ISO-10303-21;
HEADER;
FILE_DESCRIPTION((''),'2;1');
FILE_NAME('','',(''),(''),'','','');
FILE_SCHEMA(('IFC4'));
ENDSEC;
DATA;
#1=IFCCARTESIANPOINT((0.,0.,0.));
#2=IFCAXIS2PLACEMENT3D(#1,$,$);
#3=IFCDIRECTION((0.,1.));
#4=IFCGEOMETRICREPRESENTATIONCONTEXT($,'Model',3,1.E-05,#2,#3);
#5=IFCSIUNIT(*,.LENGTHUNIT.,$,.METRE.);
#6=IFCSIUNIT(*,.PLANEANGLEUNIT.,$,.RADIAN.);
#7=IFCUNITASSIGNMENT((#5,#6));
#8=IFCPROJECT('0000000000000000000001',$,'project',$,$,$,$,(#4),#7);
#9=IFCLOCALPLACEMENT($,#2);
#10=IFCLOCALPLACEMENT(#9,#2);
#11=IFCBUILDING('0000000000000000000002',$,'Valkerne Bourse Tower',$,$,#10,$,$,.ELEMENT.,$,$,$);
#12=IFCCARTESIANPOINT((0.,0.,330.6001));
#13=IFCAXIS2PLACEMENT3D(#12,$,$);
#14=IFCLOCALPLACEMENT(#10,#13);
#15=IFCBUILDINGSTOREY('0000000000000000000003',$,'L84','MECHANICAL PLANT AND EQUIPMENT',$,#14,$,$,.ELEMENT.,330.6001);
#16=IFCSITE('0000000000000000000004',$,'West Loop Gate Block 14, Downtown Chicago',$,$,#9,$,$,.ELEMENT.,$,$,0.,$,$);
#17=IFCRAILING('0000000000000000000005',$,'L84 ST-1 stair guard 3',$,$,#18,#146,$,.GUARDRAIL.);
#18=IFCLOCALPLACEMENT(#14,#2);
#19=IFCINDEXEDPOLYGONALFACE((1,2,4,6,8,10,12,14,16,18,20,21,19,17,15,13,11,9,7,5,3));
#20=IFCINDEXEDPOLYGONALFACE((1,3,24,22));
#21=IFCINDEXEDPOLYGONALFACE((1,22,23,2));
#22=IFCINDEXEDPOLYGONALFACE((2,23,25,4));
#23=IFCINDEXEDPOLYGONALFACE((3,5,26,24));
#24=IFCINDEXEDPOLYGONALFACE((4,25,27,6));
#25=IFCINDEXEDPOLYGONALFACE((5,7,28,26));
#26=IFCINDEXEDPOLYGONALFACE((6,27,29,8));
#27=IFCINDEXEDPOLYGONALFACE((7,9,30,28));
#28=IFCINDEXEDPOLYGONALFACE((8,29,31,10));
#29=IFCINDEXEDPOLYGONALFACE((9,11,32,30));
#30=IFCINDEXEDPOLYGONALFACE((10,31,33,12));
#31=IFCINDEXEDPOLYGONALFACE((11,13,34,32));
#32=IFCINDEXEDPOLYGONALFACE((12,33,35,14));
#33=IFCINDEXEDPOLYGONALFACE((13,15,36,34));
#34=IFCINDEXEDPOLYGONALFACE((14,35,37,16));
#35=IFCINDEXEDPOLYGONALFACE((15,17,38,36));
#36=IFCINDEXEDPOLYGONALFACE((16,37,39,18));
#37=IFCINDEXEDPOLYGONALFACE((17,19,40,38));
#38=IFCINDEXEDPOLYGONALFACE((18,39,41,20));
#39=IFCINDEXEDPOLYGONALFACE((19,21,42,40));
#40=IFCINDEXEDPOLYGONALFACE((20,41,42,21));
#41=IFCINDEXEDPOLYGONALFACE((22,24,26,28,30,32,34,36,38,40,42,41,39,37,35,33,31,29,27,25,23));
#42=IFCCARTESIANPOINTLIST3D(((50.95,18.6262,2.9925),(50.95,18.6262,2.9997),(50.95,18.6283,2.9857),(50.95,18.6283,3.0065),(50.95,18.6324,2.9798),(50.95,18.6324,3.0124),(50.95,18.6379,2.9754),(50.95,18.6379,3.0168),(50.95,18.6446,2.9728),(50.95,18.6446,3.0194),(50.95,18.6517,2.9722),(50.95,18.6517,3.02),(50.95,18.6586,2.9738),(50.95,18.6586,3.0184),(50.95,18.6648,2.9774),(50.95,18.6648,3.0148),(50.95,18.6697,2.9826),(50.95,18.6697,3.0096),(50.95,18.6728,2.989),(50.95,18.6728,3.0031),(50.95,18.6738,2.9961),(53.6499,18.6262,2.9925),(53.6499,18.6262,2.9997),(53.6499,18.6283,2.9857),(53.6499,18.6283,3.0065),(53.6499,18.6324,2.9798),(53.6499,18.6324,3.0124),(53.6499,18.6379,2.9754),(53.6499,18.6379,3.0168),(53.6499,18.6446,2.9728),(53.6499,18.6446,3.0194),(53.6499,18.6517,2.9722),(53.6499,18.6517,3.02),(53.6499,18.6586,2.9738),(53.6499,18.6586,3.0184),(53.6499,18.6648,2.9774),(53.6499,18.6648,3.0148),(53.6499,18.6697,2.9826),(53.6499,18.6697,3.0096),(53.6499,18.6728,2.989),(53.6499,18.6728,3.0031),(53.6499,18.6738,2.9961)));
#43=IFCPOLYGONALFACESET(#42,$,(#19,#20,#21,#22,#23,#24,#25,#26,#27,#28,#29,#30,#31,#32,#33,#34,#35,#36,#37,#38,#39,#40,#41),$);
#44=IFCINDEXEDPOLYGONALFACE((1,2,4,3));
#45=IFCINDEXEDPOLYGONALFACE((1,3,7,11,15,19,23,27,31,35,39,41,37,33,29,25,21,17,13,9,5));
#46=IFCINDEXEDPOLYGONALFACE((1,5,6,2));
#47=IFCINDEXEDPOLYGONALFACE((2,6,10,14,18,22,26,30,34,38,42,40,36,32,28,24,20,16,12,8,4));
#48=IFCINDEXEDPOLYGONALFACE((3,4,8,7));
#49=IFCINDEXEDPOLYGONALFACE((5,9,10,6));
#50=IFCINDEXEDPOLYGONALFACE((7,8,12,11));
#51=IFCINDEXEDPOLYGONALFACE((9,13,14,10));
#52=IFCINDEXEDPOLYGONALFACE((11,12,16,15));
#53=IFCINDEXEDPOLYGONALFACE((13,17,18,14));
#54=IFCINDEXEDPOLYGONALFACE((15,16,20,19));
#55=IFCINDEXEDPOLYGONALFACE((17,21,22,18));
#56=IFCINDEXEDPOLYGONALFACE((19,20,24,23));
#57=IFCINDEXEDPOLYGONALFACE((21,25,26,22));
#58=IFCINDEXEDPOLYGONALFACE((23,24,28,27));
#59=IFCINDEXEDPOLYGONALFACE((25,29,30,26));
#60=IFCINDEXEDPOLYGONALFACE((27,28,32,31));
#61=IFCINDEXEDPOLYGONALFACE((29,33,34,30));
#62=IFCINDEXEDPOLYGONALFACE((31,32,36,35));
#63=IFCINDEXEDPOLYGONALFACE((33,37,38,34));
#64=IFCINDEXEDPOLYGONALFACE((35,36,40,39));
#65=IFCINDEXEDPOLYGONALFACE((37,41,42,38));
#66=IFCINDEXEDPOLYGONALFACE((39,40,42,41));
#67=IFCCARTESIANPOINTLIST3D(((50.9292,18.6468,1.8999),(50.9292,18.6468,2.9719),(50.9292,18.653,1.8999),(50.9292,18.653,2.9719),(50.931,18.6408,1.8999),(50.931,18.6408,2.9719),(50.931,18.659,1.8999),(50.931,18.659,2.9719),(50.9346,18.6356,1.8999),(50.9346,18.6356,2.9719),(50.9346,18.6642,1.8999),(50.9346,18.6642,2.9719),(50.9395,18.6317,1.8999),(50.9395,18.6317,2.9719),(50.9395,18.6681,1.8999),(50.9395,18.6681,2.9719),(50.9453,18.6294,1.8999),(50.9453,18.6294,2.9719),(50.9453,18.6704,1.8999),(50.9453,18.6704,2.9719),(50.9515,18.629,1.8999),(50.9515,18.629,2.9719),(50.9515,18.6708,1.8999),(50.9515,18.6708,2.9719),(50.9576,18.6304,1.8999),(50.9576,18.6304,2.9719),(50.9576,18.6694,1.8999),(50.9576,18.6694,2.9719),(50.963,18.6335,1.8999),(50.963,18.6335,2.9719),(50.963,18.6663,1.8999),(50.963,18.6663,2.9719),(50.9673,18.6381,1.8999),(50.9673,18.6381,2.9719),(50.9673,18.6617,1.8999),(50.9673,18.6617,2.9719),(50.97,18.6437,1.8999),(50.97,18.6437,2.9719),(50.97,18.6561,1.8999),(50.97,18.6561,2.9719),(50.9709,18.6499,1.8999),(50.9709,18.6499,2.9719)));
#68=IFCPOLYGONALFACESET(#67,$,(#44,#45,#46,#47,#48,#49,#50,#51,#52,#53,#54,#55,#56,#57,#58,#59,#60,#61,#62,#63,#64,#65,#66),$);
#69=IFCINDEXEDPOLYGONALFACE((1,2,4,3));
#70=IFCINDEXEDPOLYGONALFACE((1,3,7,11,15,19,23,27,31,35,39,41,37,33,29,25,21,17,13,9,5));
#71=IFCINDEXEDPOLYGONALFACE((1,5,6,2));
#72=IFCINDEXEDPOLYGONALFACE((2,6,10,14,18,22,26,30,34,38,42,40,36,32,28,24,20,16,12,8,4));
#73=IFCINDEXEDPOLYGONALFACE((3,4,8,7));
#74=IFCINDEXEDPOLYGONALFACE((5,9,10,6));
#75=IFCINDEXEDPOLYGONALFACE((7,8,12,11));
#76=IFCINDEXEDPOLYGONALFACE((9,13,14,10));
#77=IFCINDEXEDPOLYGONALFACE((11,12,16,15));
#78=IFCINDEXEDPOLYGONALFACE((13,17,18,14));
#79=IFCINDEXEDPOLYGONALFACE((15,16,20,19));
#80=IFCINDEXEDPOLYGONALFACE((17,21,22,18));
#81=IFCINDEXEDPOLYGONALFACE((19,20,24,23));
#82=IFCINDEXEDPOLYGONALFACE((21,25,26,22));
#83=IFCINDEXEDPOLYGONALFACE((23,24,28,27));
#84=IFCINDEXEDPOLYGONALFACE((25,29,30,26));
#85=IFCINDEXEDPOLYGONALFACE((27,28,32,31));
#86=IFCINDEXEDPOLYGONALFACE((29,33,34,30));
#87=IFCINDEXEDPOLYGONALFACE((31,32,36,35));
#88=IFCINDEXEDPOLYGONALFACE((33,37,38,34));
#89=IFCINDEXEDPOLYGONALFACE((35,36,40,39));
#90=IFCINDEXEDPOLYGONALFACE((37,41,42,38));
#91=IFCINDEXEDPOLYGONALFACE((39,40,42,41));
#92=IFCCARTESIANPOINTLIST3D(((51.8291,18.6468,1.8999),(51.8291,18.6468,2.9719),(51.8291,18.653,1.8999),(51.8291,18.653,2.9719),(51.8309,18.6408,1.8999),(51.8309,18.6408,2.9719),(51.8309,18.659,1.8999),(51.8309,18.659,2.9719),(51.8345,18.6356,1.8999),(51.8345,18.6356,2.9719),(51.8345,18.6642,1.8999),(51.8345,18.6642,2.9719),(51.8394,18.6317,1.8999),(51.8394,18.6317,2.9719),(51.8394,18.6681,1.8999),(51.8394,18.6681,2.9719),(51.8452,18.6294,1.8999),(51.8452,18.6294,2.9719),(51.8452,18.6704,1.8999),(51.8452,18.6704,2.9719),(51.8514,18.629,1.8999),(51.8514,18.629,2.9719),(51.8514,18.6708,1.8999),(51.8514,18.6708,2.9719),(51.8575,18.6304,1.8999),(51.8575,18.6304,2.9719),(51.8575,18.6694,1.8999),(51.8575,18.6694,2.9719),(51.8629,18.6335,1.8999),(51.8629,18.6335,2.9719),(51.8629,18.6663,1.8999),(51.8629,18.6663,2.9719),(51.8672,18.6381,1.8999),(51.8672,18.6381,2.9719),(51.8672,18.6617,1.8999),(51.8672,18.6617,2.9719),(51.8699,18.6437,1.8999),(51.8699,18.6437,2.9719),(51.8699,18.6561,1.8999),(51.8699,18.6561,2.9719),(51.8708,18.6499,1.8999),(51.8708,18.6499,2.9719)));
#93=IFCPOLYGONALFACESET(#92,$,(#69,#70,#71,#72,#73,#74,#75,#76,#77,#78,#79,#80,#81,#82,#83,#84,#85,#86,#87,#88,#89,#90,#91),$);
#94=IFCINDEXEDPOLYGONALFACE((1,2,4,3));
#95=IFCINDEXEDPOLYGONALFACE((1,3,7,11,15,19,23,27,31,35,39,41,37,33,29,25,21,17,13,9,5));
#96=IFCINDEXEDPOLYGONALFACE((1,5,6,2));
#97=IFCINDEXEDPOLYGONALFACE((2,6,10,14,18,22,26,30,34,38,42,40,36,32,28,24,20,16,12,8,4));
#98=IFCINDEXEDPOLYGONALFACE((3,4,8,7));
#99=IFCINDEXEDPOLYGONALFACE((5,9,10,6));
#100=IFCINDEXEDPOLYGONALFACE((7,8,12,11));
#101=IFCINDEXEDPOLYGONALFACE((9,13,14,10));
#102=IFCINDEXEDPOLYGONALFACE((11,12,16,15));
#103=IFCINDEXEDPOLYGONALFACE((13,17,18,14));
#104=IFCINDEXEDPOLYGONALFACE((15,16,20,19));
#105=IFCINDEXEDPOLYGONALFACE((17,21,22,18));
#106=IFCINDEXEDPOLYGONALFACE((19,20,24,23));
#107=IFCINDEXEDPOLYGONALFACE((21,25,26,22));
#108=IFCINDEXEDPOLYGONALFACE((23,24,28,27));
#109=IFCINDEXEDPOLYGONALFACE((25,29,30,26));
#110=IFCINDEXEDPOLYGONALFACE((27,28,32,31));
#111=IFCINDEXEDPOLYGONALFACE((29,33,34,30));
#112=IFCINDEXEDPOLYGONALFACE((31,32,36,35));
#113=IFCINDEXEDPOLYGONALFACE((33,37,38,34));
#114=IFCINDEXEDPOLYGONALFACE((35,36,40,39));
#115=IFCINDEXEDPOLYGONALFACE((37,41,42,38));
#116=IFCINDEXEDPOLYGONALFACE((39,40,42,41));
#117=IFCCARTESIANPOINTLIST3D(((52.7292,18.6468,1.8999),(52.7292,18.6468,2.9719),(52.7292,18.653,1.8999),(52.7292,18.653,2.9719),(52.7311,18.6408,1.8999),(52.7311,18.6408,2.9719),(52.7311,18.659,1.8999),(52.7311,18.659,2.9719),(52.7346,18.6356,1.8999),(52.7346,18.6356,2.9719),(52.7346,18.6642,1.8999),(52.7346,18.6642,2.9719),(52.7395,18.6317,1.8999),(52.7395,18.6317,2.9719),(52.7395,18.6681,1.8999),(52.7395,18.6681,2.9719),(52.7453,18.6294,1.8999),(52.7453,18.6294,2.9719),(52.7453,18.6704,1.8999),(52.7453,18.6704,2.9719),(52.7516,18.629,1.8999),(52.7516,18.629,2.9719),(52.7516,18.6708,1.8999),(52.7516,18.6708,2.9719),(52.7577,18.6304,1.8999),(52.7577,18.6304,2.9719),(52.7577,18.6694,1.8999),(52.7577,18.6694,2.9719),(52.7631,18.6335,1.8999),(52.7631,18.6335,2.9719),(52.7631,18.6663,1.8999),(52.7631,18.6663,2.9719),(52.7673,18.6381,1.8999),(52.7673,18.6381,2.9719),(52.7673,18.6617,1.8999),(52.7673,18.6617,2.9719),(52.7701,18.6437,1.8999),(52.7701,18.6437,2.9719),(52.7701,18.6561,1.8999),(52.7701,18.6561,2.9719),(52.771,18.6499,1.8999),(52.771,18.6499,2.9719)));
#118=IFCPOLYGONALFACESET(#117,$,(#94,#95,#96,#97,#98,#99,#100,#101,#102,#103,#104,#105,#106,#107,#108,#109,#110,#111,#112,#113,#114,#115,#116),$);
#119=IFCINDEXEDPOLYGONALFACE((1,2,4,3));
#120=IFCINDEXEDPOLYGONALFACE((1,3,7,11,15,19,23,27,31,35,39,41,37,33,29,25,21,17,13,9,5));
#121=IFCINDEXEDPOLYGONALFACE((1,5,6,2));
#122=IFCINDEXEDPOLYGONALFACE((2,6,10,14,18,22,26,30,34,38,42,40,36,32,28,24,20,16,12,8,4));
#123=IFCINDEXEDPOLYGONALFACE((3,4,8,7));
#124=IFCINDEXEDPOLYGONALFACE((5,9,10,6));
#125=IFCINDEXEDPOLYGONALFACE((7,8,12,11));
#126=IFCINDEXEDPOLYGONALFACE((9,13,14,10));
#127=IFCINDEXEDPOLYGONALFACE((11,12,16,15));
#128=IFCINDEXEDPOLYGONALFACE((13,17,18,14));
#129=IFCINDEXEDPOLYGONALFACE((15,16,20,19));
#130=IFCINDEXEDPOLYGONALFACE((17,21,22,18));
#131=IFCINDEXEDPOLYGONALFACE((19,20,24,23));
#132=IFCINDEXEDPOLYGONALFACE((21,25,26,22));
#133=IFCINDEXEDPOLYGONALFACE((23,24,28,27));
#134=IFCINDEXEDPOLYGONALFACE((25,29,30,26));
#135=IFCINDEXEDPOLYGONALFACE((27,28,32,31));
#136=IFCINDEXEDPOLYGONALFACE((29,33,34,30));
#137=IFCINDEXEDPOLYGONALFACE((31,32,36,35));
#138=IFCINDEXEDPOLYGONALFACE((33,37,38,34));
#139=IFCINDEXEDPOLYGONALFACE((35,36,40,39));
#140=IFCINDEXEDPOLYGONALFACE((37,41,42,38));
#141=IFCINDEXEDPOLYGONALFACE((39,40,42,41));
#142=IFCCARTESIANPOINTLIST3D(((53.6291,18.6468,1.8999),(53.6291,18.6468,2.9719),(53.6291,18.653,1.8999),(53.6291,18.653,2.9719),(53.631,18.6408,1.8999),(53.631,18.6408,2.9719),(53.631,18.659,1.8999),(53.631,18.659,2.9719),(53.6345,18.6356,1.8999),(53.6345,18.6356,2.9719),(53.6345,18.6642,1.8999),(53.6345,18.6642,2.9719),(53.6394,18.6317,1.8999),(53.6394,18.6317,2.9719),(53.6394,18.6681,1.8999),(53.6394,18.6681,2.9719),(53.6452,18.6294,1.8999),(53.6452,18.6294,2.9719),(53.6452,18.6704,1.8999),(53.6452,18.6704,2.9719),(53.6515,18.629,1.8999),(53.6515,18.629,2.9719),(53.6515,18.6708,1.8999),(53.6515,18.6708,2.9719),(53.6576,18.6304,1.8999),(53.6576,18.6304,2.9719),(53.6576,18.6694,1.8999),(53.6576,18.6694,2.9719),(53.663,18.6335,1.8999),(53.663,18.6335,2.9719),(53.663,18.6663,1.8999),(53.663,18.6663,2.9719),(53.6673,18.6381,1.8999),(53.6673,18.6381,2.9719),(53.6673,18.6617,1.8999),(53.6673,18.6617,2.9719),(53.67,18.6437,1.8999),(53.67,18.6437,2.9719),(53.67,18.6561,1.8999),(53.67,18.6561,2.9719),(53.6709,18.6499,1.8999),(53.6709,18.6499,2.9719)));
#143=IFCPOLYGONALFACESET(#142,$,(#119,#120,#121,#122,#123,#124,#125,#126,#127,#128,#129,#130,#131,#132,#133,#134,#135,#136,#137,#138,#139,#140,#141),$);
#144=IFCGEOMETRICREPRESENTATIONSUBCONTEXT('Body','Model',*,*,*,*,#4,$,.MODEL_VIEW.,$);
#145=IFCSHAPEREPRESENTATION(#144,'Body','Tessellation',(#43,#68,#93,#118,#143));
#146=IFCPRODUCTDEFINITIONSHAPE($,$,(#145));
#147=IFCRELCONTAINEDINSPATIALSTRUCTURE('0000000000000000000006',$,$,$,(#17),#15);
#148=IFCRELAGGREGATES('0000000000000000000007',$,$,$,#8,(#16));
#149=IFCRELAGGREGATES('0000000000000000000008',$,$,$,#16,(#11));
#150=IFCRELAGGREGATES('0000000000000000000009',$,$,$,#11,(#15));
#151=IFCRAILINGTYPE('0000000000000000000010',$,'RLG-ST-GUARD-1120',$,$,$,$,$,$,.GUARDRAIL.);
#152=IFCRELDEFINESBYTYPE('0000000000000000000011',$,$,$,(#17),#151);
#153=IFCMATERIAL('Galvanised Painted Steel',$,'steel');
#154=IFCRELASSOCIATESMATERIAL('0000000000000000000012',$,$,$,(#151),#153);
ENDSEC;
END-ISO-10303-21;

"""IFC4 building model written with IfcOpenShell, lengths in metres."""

from ifc_helpers import new_model, si_unit, direction, frame, origin, origin_2d, place, context, subcontext, project, spatial, circle, extrude, material, type_object, element, save


model = new_model("IFC4")

# Units and contexts
model_context = context("Model", 3, precision=1e-05, world=origin(), true_north=direction((0.0, 1.0)))
body_context = subcontext(model_context, "Body", "Model", "MODEL_VIEW")
ifc_project = project(units=[si_unit("LENGTHUNIT", "METRE"), si_unit("PLANEANGLEUNIT", "RADIAN")], contexts=[model_context])

# Site, building, storey
site_placement = place(None, origin())
site = spatial("IfcSite", under=ifc_project, at=site_placement, Name="West Loop Gate Block 14, Downtown Chicago", CompositionType="ELEMENT", RefElevation=0.0)
building_placement = place(site_placement, origin())
building = spatial("IfcBuilding", under=site, at=building_placement, Name="Valkerne Bourse Tower", CompositionType="ELEMENT")
storey_placement = place(building_placement, frame((0.0, 0.0, 330.6001)))
storey = spatial("IfcBuildingStorey", under=building, at=storey_placement, Name="L84", Description="MECHANICAL PLANT AND EQUIPMENT", CompositionType="ELEMENT", Elevation=330.6001)

# Shared definitions
ifc_material_1 = material(Name="Galvanised Painted Steel", Category="steel")

# Railing
railing_type_1 = type_object("IfcRailingType", Name="RLG-ST-GUARD-1120", PredefinedType="GUARDRAIL", material=ifc_material_1)
for number, where, name in (
    (1, (50.95, 18.6499, 1.8999), "L84 ST-1 stair guard 3"),
):
    element("IfcRailing", number, at=place(storey_placement, frame(where)), inside=storey, type_object=railing_type_1, Name=name, PredefinedType="GUARDRAIL", context=body_context, shape_type="SweptSolid", body=[
        extrude(circle(Radius=0.0239, at=origin_2d()), frame((0.0, 0.0, 1.0962), z_axis=(1.0, 0.0, 0.0), x_axis=(0.0, 1.0, 0.0)), (0.0, 0.0, 1.0), 2.7),
        extrude(circle(Radius=0.021, at=origin_2d()), origin(), (0.0, 0.0, 1.0), 1.072),
        extrude(circle(Radius=0.021, at=origin_2d()), frame((0.8999, 0.0, 0.0)), (0.0, 0.0, 1.0), 1.072),
        extrude(circle(Radius=0.021, at=origin_2d()), frame((1.8, 0.0, 0.0)), (0.0, 0.0, 1.0), 1.072),
        extrude(circle(Radius=0.021, at=origin_2d()), frame((2.7, 0.0, 0.0)), (0.0, 0.0, 1.0), 1.072),
    ])

save(model, "model.ifc")
